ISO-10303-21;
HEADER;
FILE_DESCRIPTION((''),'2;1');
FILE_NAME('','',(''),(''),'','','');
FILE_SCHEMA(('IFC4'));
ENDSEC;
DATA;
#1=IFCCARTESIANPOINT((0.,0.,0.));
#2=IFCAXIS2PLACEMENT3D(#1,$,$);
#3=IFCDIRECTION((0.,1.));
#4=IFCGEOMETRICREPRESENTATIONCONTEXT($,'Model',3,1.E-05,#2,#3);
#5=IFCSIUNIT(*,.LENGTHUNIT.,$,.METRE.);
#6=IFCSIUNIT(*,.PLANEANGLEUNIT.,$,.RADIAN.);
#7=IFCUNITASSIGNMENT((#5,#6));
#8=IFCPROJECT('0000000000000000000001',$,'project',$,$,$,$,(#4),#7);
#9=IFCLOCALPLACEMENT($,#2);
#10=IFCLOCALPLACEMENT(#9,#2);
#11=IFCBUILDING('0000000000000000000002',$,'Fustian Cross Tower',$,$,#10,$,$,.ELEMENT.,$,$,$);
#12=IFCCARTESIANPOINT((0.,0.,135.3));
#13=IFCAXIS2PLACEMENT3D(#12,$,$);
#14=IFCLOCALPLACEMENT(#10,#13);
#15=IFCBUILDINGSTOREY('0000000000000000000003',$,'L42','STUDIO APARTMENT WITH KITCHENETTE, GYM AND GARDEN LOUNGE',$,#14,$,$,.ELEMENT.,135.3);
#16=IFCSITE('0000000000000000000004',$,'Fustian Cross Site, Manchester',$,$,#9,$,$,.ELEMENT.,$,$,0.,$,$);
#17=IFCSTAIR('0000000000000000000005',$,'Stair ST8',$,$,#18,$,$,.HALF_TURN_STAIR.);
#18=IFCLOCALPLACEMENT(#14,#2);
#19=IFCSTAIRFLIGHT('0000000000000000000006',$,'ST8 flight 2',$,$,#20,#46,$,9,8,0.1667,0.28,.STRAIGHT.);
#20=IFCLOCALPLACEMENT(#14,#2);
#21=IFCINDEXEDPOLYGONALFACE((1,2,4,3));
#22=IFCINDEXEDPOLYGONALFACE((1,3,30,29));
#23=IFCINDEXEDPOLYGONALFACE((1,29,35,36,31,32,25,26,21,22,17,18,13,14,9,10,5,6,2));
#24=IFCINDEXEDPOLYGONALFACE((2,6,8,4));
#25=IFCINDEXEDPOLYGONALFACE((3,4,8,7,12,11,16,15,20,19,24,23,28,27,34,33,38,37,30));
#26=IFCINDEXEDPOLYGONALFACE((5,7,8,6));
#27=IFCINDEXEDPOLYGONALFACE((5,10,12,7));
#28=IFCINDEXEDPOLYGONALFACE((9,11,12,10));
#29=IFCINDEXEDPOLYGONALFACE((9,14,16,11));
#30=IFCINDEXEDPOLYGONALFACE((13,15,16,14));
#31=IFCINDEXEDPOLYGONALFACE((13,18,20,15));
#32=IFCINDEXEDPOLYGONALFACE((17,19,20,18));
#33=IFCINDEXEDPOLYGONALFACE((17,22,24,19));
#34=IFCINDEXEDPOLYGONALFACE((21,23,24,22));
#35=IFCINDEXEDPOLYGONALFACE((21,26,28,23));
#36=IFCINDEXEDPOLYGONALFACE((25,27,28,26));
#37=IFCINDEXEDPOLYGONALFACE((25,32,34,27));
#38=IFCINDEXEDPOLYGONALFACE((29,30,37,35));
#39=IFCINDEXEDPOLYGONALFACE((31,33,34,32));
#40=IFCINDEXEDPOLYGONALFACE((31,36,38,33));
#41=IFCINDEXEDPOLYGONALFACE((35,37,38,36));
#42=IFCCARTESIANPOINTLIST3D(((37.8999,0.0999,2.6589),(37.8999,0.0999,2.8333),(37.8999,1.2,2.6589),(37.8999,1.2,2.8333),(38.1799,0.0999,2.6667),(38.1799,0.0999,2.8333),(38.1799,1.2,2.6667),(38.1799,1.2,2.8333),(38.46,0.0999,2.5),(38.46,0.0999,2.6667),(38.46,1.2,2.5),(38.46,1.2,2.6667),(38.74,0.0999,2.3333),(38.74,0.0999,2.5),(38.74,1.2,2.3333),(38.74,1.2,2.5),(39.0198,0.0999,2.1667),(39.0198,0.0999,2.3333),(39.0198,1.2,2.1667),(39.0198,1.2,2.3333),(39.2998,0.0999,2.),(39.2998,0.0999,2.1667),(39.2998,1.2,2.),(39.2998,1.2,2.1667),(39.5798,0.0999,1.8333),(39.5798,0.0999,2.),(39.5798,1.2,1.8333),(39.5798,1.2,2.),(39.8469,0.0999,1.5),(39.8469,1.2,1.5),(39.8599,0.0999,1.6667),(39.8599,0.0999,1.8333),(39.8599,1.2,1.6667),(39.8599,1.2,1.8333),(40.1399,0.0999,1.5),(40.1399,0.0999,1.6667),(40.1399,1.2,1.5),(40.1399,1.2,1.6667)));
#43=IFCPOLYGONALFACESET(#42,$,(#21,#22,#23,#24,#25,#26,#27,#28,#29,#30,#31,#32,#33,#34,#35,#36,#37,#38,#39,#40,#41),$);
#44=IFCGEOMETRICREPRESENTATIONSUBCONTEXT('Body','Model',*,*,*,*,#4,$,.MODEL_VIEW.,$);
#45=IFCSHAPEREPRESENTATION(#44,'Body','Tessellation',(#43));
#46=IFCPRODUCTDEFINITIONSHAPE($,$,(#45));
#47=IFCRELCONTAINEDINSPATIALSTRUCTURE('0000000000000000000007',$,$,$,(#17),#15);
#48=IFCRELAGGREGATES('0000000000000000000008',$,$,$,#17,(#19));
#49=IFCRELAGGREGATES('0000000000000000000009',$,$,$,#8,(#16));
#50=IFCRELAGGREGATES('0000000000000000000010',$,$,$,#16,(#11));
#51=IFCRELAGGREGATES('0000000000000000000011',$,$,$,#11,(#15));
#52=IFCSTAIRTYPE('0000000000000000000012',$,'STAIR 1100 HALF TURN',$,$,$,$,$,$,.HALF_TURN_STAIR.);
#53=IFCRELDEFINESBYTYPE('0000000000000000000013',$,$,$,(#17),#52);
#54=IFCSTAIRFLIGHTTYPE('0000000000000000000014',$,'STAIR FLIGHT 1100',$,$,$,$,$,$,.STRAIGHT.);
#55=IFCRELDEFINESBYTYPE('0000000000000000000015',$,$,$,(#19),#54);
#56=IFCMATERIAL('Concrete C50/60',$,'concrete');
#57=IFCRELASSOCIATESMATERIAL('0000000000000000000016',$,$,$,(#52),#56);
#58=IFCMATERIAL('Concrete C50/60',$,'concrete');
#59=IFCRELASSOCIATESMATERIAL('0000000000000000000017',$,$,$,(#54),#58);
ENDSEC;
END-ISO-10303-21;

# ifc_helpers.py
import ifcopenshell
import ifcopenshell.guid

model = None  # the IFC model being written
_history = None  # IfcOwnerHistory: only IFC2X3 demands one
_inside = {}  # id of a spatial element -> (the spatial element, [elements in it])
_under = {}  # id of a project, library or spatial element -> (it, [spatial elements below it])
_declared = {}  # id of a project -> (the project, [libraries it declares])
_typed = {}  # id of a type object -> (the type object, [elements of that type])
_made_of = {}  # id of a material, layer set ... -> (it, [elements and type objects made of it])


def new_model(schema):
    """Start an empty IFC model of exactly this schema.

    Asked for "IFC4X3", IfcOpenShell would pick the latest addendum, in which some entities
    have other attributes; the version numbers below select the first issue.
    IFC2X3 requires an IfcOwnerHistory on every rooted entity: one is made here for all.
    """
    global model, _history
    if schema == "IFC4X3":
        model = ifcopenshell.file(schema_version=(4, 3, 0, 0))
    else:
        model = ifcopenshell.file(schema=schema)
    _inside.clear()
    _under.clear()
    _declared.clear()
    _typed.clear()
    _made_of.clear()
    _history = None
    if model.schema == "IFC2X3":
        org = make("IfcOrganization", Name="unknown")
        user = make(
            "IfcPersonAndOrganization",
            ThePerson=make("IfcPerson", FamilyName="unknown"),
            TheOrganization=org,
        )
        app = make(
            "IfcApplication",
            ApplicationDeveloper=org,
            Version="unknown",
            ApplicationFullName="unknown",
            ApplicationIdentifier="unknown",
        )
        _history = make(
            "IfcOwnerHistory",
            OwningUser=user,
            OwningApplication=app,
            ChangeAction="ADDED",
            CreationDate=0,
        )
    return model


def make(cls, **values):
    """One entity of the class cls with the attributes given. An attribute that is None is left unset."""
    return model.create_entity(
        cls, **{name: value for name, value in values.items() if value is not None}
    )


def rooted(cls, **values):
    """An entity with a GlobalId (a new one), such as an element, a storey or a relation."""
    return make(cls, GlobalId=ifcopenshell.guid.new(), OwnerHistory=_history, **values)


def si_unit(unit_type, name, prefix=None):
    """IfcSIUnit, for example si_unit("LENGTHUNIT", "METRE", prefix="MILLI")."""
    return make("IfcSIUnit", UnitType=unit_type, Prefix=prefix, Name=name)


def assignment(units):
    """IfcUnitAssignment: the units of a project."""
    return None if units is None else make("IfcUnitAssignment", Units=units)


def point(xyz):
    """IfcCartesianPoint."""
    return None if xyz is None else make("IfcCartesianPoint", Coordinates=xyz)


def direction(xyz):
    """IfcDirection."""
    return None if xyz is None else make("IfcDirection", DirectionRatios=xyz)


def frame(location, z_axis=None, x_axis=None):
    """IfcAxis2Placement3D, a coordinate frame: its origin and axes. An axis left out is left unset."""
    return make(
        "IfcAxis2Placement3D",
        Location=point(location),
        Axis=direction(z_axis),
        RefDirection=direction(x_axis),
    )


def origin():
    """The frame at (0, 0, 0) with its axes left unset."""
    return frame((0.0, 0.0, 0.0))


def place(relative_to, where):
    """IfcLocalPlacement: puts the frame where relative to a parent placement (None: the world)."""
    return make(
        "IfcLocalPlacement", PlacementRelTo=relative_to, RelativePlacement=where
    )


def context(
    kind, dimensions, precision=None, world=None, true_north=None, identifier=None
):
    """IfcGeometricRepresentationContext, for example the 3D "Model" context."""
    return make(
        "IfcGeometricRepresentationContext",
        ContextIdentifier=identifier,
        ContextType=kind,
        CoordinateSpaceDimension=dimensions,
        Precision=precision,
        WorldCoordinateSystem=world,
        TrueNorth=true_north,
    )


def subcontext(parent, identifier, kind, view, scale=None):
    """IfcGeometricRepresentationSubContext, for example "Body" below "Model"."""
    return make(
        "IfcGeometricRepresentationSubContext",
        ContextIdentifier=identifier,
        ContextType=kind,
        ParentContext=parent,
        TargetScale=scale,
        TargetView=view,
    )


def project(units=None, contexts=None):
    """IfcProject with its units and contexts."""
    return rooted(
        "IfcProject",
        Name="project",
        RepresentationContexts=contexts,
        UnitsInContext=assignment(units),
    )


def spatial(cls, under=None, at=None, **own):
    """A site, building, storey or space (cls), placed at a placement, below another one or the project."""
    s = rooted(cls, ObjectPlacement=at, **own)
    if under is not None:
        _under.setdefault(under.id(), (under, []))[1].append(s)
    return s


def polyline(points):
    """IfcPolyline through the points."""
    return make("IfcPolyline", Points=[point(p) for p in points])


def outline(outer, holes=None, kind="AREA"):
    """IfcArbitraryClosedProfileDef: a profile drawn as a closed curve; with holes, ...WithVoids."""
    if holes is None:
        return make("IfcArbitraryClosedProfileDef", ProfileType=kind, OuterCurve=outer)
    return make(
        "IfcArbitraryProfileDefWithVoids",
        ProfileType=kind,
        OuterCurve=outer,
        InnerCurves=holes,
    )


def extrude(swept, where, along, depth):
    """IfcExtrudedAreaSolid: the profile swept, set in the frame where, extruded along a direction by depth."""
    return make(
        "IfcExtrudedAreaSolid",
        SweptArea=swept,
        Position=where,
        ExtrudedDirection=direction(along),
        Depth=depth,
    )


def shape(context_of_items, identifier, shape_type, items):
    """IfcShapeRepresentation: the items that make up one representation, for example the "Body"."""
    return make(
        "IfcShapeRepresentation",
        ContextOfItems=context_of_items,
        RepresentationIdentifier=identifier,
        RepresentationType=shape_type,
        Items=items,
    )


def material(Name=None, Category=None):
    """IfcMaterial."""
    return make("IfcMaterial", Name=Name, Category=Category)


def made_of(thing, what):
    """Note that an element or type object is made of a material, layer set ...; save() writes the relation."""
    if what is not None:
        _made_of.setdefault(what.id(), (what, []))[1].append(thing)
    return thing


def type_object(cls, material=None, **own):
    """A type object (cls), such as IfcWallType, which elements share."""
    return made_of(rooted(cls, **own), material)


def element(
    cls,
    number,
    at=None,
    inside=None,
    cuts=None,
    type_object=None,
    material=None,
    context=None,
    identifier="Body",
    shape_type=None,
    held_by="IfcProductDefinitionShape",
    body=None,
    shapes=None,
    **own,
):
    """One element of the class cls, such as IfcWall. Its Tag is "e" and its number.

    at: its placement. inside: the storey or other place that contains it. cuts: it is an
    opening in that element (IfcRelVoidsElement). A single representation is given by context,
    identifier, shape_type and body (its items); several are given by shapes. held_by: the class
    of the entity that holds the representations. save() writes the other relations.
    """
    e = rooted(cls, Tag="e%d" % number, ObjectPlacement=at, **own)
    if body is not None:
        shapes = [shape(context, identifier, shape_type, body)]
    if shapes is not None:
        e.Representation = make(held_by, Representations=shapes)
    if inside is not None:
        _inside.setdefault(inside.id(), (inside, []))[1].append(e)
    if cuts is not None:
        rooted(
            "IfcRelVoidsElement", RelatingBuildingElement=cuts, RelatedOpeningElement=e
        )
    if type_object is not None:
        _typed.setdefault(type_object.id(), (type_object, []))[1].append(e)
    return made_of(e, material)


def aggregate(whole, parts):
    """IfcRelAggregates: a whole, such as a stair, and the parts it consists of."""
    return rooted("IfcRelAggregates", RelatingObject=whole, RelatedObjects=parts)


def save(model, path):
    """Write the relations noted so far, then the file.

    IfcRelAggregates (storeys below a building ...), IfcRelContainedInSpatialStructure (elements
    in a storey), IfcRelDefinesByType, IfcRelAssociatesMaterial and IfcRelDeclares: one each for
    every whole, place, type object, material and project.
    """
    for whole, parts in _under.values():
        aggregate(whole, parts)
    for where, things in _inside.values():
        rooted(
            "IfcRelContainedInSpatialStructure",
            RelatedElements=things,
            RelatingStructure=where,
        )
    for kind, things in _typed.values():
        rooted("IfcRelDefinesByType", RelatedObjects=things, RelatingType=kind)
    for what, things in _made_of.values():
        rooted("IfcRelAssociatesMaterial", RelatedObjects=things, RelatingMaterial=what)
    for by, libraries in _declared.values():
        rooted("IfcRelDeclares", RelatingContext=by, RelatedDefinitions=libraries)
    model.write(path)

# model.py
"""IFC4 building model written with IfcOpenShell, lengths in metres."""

from ifc_helpers import new_model, si_unit, direction, frame, origin, place, context, subcontext, project, spatial, polyline, outline, extrude, material, type_object, element, aggregate, save


model = new_model("IFC4")

# Units and contexts
model_context = context("Model", 3, precision=1e-05, world=origin(), true_north=direction((0.0, 1.0)))
body_context = subcontext(model_context, "Body", "Model", "MODEL_VIEW")
ifc_project = project(units=[si_unit("LENGTHUNIT", "METRE"), si_unit("PLANEANGLEUNIT", "RADIAN")], contexts=[model_context])

# Site, building, storey
site_placement = place(None, origin())
site = spatial("IfcSite", under=ifc_project, at=site_placement, Name="Fustian Cross Site, Manchester", CompositionType="ELEMENT", RefElevation=0.0)
building_placement = place(site_placement, origin())
building = spatial("IfcBuilding", under=site, at=building_placement, Name="Fustian Cross Tower", CompositionType="ELEMENT")
storey_placement = place(building_placement, frame((0.0, 0.0, 135.3)))
storey = spatial("IfcBuildingStorey", under=building, at=storey_placement, Name="L42", Description="STUDIO APARTMENT WITH KITCHENETTE, GYM AND GARDEN LOUNGE", CompositionType="ELEMENT", Elevation=135.3)

# Stair, stair flight
ifc_material_1 = material(Name="Concrete C50/60", Category="concrete")
stair_type = type_object("IfcStairType", Name="STAIR 1100 HALF TURN", PredefinedType="HALF_TURN_STAIR", material=ifc_material_1)
stair_placement = place(storey_placement, origin())
stair = element("IfcStair", 1, at=stair_placement, inside=storey, type_object=stair_type, Name="Stair ST8", PredefinedType="HALF_TURN_STAIR")
ifc_material_2 = material(Name="Concrete C50/60", Category="concrete")
stair_flight_type = type_object("IfcStairFlightType", Name="STAIR FLIGHT 1100", PredefinedType="STRAIGHT", material=ifc_material_2)
stair_flight_placement = place(storey_placement, frame((40.1399, 0.6499, 1.5), z_axis=(0.0, 0.0, 1.0), x_axis=(-1.0, 0.0, 0.0)))
stair_flight = element("IfcStairFlight", 2, at=stair_flight_placement, type_object=stair_flight_type, Name="ST8 flight 2", NumberOfRisers=9, NumberOfTreads=8, PredefinedType="STRAIGHT", RiserHeight=0.1667, TreadLength=0.28, context=body_context, shape_type="SweptSolid", body=[
    extrude(outline(polyline([(0.0, 0.0), (0.0, 0.1667), (0.28, 0.1667), (0.28, 0.3333), (0.5601, 0.3333), (0.5601, 0.5), (0.8401, 0.5), (0.8401, 0.6667), (1.1201, 0.6667), (1.1201, 0.8333), (1.3999, 0.8333), (1.3999, 1.0), (1.6799, 1.0), (1.6799, 1.1667), (1.96, 1.1667), (1.96, 1.3333), (2.24, 1.3333), (2.24, 1.5), (2.24, 1.1589), (0.293, 0.0), (0.0, 0.0)])), frame((0.0, 0.55, 0.0), z_axis=(0.0, -1.0, 0.0), x_axis=(1.0, 0.0, 0.0)), (0.0, 0.0, 1.0), 1.1001),
])
aggregate(stair, [stair_flight])

save(model, "model.ifc")
